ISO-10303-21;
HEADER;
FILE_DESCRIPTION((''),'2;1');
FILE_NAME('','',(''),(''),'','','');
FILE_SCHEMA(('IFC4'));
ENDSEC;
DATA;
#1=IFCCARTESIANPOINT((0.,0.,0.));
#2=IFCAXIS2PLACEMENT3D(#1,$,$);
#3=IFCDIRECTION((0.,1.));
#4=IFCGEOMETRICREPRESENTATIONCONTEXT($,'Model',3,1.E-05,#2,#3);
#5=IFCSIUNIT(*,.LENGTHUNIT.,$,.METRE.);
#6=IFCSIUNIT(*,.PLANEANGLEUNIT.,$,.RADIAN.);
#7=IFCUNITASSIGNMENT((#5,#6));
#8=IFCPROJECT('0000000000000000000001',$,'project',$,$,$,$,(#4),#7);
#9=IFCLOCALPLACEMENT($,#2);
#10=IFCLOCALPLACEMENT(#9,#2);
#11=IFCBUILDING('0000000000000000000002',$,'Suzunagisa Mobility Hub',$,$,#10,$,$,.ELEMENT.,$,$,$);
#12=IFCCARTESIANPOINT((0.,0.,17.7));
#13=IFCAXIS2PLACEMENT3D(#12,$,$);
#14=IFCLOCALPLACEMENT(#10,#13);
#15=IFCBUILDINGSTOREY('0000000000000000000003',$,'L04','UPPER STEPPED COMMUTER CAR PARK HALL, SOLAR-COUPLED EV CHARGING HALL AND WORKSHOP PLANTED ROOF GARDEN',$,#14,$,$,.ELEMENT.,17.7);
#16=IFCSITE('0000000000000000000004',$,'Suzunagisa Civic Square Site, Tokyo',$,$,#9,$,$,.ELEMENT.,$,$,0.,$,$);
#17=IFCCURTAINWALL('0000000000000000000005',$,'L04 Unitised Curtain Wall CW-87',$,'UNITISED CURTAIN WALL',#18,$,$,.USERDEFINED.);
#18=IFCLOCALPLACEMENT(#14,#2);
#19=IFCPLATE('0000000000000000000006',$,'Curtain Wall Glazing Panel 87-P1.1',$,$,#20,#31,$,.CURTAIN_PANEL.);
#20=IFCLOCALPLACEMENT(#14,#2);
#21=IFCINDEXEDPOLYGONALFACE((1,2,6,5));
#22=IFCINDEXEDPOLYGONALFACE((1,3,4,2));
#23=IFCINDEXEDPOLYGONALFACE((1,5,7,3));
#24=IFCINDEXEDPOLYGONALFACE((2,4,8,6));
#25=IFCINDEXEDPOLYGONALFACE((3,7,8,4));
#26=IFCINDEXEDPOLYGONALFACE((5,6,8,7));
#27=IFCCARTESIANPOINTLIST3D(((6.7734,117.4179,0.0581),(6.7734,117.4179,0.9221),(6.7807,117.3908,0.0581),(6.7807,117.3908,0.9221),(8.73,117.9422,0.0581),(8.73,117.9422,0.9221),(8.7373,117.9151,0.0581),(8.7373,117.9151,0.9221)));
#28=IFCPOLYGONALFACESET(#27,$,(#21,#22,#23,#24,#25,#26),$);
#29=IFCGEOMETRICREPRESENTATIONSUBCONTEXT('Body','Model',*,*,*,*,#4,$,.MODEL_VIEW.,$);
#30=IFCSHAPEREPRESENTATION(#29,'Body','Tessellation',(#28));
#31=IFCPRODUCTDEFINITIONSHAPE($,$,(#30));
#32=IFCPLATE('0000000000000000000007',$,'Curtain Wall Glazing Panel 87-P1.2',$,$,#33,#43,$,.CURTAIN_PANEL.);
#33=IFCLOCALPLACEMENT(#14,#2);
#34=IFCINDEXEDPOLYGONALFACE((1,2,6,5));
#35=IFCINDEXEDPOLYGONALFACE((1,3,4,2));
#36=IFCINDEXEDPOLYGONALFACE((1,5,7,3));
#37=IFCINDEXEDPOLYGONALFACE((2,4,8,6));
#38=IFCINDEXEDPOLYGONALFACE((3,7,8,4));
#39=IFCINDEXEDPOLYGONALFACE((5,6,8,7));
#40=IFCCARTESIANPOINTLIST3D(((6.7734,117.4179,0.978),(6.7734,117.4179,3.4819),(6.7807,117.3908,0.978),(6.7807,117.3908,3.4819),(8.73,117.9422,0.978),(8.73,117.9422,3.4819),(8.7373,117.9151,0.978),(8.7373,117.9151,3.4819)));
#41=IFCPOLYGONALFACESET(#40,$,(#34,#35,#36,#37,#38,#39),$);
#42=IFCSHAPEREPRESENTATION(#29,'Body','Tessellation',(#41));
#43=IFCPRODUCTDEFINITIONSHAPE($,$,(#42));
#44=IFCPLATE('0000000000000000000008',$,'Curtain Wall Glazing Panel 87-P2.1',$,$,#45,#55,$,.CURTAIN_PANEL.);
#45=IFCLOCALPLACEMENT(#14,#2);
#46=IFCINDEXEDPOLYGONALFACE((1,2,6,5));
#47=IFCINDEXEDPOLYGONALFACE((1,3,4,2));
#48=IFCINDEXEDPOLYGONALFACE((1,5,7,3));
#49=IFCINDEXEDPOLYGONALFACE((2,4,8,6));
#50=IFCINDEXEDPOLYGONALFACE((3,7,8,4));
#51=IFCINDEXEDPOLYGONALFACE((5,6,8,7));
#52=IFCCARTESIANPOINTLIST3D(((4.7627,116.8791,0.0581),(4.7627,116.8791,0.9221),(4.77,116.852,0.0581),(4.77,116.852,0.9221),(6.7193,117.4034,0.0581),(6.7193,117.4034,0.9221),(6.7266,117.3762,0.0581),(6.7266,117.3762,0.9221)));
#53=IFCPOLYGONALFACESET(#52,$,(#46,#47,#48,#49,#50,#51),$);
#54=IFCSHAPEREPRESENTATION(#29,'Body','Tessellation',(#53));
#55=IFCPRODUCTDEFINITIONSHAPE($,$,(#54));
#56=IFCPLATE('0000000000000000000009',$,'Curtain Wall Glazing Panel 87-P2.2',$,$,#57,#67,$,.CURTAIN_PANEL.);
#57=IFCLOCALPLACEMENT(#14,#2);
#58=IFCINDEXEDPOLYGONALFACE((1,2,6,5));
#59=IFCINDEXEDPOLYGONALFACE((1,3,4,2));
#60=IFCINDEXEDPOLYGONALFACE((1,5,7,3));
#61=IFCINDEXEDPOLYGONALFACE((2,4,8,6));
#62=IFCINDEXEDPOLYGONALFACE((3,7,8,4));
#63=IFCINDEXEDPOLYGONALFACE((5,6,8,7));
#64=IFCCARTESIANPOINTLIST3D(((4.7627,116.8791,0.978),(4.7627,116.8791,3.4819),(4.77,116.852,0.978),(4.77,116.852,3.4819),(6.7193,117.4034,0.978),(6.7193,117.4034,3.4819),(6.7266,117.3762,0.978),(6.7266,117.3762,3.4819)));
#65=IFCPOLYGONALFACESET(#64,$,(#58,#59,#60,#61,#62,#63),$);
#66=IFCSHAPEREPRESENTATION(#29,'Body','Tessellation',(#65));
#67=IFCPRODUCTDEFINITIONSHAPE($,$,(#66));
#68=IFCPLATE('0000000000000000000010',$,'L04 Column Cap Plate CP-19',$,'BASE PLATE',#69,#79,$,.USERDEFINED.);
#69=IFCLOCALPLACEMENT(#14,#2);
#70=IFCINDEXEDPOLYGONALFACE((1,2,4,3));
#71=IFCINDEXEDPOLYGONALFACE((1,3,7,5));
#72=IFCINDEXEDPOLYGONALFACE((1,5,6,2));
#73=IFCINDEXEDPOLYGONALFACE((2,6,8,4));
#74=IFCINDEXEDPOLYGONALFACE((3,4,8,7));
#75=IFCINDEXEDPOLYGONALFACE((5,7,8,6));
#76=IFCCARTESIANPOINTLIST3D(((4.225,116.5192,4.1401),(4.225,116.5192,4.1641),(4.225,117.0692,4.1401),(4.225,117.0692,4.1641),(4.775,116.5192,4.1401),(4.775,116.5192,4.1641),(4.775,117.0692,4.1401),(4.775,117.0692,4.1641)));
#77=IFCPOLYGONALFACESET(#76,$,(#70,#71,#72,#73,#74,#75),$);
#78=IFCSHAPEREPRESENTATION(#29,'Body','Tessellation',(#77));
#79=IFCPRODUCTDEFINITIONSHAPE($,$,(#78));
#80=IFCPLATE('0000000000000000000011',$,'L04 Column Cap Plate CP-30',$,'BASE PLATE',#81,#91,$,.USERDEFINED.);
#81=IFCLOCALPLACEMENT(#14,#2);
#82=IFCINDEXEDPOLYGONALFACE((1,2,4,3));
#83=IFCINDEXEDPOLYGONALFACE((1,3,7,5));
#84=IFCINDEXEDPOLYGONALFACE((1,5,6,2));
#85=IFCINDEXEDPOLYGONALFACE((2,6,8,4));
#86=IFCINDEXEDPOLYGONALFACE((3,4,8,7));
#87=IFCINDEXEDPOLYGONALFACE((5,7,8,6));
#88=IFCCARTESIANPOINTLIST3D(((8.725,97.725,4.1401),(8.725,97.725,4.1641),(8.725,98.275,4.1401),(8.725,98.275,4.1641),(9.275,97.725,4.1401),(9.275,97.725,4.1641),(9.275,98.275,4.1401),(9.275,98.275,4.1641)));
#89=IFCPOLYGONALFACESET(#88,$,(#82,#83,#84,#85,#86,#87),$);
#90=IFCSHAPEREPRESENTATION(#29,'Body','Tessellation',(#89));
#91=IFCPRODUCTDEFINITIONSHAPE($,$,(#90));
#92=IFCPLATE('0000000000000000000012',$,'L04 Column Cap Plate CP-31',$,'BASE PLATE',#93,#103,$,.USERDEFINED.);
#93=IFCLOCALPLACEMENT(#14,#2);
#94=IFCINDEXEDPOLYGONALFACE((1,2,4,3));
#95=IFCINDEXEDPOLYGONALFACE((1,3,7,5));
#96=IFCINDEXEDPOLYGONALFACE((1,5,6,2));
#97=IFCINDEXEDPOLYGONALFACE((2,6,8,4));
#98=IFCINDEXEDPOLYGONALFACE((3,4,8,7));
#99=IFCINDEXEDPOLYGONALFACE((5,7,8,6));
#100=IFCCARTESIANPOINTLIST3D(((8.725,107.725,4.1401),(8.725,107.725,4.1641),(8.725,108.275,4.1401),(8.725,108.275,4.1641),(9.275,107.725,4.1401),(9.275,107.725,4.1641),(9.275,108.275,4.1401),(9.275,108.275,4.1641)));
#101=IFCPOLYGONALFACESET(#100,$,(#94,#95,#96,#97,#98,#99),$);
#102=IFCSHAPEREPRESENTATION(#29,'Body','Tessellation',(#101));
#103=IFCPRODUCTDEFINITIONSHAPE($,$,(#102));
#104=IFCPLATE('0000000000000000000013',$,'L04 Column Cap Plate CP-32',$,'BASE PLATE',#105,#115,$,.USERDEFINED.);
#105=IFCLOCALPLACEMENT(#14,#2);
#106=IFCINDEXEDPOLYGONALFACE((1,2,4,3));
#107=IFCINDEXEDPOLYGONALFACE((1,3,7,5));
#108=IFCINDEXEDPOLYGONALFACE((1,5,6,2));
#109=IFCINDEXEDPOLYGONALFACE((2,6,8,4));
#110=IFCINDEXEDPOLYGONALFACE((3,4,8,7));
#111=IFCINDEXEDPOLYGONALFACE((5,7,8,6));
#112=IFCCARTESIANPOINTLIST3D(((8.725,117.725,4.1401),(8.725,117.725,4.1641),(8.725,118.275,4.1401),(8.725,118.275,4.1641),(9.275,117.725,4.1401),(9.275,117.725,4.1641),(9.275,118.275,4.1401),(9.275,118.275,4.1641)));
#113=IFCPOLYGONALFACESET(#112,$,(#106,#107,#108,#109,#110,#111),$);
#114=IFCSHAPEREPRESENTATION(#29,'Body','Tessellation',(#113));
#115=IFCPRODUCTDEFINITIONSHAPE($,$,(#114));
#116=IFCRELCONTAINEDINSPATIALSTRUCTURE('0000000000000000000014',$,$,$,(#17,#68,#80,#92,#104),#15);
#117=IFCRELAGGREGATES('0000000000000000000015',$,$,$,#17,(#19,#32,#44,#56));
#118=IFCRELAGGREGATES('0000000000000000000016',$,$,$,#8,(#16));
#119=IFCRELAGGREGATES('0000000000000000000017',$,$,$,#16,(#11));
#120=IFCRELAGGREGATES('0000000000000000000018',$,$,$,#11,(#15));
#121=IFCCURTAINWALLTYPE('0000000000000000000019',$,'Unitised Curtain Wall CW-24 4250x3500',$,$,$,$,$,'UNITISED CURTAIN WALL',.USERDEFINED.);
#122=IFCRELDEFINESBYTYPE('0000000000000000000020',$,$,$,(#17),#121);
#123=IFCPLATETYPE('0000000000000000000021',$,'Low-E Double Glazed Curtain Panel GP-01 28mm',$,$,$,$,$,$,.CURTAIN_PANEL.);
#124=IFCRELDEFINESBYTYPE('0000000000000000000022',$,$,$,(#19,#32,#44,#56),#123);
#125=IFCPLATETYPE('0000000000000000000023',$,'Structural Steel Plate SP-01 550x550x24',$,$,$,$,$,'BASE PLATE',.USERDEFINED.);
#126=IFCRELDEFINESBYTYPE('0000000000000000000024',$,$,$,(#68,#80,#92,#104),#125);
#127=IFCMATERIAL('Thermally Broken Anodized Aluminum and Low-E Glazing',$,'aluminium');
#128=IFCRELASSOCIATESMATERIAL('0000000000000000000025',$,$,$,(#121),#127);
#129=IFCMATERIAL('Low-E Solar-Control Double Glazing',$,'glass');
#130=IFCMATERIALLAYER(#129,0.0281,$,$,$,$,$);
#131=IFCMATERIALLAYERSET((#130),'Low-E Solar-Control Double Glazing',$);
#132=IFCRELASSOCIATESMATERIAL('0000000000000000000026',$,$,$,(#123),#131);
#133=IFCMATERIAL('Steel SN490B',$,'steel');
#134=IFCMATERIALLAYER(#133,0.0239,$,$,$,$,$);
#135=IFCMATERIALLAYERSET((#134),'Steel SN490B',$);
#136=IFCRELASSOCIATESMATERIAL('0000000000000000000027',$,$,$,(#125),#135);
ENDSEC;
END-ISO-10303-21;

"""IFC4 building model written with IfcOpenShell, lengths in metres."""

from ifc_helpers import new_model, si_unit, direction, frame, origin, origin_2d, place, context, subcontext, project, spatial, rectangle, extrude, material, layer, layer_set, type_object, element, aggregate, save


model = new_model("IFC4")

# Units and contexts
model_context = context("Model", 3, precision=1e-05, world=origin(), true_north=direction((0.0, 1.0)))
body_context = subcontext(model_context, "Body", "Model", "MODEL_VIEW")
ifc_project = project(units=[si_unit("LENGTHUNIT", "METRE"), si_unit("PLANEANGLEUNIT", "RADIAN")], contexts=[model_context])

# Site, building, storey
site_placement = place(None, origin())
site = spatial("IfcSite", under=ifc_project, at=site_placement, Name="Suzunagisa Civic Square Site, Tokyo", CompositionType="ELEMENT", RefElevation=0.0)
building_placement = place(site_placement, origin())
building = spatial("IfcBuilding", under=site, at=building_placement, Name="Suzunagisa Mobility Hub", CompositionType="ELEMENT")
storey_placement = place(building_placement, frame((0.0, 0.0, 17.7)))
storey = spatial("IfcBuildingStorey", under=building, at=storey_placement, Name="L04", Description="UPPER STEPPED COMMUTER CAR PARK HALL, SOLAR-COUPLED EV CHARGING HALL AND WORKSHOP PLANTED ROOF GARDEN", CompositionType="ELEMENT", Elevation=17.7)

# Shared definitions
ifc_material_1 = material(Name="Steel SN490B", Category="steel")

# Curtain wall
ifc_material_2 = material(Name="Thermally Broken Anodized Aluminum and Low-E Glazing", Category="aluminium")
curtain_wall_type_1 = type_object("IfcCurtainWallType", Name="Unitised Curtain Wall CW-24 4250x3500", ElementType="UNITISED CURTAIN WALL", PredefinedType="USERDEFINED", material=ifc_material_2)
curtain_wall_1_placement = place(storey_placement, origin())
curtain_wall_1 = element("IfcCurtainWall", 1, at=curtain_wall_1_placement, inside=storey, type_object=curtain_wall_type_1, Name="L04 Unitised Curtain Wall CW-87", ObjectType="UNITISED CURTAIN WALL", PredefinedType="USERDEFINED")

# Plates
ifc_material_3 = material(Name="Low-E Solar-Control Double Glazing", Category="glass")
ifc_layer_1 = layer(ifc_material_3, 0.0281)
ifc_layer_set_1 = layer_set([ifc_layer_1], Name="Low-E Solar-Control Double Glazing")
plate_type_1 = type_object("IfcPlateType", Name="Low-E Double Glazed Curtain Panel GP-01 28mm", PredefinedType="CURTAIN_PANEL", material=ifc_layer_set_1)
plate_1_placement = place(storey_placement, frame((7.7554, 117.6665, 0.0581), z_axis=(0.0, 0.0, 1.0), x_axis=(-0.96593, -0.258803, 0.0)))
plate_1 = element("IfcPlate", 2, at=plate_1_placement, type_object=plate_type_1, Name="Curtain Wall Glazing Panel 87-P1.1", PredefinedType="CURTAIN_PANEL", context=body_context, shape_type="SweptSolid", body=[
    extrude(rectangle(XDim=2.0256, YDim=0.0281, at=origin_2d()), origin(), (0.0, 0.0, 1.0), 0.864),
])
plate_2_placement = place(storey_placement, frame((7.7554, 117.6665, 0.978), z_axis=(0.0, 0.0, 1.0), x_axis=(-0.96593, -0.258803, 0.0)))
plate_2 = element("IfcPlate", 3, at=plate_2_placement, type_object=plate_type_1, Name="Curtain Wall Glazing Panel 87-P1.2", PredefinedType="CURTAIN_PANEL", context=body_context, shape_type="SweptSolid", body=[
    extrude(rectangle(XDim=2.0256, YDim=0.0281, at=origin_2d()), origin(), (0.0, 0.0, 1.0), 2.5039),
])
plate_3_placement = place(storey_placement, frame((5.7446, 117.1277, 0.0581), z_axis=(0.0, 0.0, 1.0), x_axis=(-0.96593, -0.258803, 0.0)))
plate_3 = element("IfcPlate", 4, at=plate_3_placement, type_object=plate_type_1, Name="Curtain Wall Glazing Panel 87-P2.1", PredefinedType="CURTAIN_PANEL", context=body_context, shape_type="SweptSolid", body=[
    extrude(rectangle(XDim=2.0256, YDim=0.0281, at=origin_2d()), origin(), (0.0, 0.0, 1.0), 0.864),
])
plate_4_placement = place(storey_placement, frame((5.7446, 117.1277, 0.978), z_axis=(0.0, 0.0, 1.0), x_axis=(-0.96593, -0.258803, 0.0)))
plate_4 = element("IfcPlate", 5, at=plate_4_placement, type_object=plate_type_1, Name="Curtain Wall Glazing Panel 87-P2.2", PredefinedType="CURTAIN_PANEL", context=body_context, shape_type="SweptSolid", body=[
    extrude(rectangle(XDim=2.0256, YDim=0.0281, at=origin_2d()), origin(), (0.0, 0.0, 1.0), 2.5039),
])
aggregate(curtain_wall_1, [plate_1, plate_2, plate_3, plate_4])

# Plates
ifc_layer_2 = layer(ifc_material_1, 0.0239)
ifc_layer_set_2 = layer_set([ifc_layer_2], Name="Steel SN490B")
plate_type_2 = type_object("IfcPlateType", Name="Structural Steel Plate SP-01 550x550x24", ElementType="BASE PLATE", PredefinedType="USERDEFINED", material=ifc_layer_set_2)
for number, where, z_axis, x_axis, name in (
    (6, (4.5, 116.7942, 4.1401), (0.0, 0.0, 1.0), (1.0, 0.0, 0.0), "L04 Column Cap Plate CP-19"),
    (7, (9.0, 98.0, 4.1401), (0.0, 0.0, 1.0), (1.0, 0.0, 0.0), "L04 Column Cap Plate CP-30"),
    (8, (9.0, 108.0, 4.1401), (0.0, 0.0, 1.0), (1.0, 0.0, 0.0), "L04 Column Cap Plate CP-31"),
    (9, (9.0, 118.0, 4.1401), (0.0, 0.0, 1.0), (1.0, 0.0, 0.0), "L04 Column Cap Plate CP-32"),
):
    element("IfcPlate", number, at=place(storey_placement, frame(where, z_axis=z_axis, x_axis=x_axis)), inside=storey, type_object=plate_type_2, Name=name, ObjectType="BASE PLATE", PredefinedType="USERDEFINED", context=body_context, shape_type="SweptSolid", body=[
        extrude(rectangle(XDim=0.55, YDim=0.55, at=origin_2d()), origin(), (0.0, 0.0, 1.0), 0.0239),
    ])

save(model, "model.ifc")
